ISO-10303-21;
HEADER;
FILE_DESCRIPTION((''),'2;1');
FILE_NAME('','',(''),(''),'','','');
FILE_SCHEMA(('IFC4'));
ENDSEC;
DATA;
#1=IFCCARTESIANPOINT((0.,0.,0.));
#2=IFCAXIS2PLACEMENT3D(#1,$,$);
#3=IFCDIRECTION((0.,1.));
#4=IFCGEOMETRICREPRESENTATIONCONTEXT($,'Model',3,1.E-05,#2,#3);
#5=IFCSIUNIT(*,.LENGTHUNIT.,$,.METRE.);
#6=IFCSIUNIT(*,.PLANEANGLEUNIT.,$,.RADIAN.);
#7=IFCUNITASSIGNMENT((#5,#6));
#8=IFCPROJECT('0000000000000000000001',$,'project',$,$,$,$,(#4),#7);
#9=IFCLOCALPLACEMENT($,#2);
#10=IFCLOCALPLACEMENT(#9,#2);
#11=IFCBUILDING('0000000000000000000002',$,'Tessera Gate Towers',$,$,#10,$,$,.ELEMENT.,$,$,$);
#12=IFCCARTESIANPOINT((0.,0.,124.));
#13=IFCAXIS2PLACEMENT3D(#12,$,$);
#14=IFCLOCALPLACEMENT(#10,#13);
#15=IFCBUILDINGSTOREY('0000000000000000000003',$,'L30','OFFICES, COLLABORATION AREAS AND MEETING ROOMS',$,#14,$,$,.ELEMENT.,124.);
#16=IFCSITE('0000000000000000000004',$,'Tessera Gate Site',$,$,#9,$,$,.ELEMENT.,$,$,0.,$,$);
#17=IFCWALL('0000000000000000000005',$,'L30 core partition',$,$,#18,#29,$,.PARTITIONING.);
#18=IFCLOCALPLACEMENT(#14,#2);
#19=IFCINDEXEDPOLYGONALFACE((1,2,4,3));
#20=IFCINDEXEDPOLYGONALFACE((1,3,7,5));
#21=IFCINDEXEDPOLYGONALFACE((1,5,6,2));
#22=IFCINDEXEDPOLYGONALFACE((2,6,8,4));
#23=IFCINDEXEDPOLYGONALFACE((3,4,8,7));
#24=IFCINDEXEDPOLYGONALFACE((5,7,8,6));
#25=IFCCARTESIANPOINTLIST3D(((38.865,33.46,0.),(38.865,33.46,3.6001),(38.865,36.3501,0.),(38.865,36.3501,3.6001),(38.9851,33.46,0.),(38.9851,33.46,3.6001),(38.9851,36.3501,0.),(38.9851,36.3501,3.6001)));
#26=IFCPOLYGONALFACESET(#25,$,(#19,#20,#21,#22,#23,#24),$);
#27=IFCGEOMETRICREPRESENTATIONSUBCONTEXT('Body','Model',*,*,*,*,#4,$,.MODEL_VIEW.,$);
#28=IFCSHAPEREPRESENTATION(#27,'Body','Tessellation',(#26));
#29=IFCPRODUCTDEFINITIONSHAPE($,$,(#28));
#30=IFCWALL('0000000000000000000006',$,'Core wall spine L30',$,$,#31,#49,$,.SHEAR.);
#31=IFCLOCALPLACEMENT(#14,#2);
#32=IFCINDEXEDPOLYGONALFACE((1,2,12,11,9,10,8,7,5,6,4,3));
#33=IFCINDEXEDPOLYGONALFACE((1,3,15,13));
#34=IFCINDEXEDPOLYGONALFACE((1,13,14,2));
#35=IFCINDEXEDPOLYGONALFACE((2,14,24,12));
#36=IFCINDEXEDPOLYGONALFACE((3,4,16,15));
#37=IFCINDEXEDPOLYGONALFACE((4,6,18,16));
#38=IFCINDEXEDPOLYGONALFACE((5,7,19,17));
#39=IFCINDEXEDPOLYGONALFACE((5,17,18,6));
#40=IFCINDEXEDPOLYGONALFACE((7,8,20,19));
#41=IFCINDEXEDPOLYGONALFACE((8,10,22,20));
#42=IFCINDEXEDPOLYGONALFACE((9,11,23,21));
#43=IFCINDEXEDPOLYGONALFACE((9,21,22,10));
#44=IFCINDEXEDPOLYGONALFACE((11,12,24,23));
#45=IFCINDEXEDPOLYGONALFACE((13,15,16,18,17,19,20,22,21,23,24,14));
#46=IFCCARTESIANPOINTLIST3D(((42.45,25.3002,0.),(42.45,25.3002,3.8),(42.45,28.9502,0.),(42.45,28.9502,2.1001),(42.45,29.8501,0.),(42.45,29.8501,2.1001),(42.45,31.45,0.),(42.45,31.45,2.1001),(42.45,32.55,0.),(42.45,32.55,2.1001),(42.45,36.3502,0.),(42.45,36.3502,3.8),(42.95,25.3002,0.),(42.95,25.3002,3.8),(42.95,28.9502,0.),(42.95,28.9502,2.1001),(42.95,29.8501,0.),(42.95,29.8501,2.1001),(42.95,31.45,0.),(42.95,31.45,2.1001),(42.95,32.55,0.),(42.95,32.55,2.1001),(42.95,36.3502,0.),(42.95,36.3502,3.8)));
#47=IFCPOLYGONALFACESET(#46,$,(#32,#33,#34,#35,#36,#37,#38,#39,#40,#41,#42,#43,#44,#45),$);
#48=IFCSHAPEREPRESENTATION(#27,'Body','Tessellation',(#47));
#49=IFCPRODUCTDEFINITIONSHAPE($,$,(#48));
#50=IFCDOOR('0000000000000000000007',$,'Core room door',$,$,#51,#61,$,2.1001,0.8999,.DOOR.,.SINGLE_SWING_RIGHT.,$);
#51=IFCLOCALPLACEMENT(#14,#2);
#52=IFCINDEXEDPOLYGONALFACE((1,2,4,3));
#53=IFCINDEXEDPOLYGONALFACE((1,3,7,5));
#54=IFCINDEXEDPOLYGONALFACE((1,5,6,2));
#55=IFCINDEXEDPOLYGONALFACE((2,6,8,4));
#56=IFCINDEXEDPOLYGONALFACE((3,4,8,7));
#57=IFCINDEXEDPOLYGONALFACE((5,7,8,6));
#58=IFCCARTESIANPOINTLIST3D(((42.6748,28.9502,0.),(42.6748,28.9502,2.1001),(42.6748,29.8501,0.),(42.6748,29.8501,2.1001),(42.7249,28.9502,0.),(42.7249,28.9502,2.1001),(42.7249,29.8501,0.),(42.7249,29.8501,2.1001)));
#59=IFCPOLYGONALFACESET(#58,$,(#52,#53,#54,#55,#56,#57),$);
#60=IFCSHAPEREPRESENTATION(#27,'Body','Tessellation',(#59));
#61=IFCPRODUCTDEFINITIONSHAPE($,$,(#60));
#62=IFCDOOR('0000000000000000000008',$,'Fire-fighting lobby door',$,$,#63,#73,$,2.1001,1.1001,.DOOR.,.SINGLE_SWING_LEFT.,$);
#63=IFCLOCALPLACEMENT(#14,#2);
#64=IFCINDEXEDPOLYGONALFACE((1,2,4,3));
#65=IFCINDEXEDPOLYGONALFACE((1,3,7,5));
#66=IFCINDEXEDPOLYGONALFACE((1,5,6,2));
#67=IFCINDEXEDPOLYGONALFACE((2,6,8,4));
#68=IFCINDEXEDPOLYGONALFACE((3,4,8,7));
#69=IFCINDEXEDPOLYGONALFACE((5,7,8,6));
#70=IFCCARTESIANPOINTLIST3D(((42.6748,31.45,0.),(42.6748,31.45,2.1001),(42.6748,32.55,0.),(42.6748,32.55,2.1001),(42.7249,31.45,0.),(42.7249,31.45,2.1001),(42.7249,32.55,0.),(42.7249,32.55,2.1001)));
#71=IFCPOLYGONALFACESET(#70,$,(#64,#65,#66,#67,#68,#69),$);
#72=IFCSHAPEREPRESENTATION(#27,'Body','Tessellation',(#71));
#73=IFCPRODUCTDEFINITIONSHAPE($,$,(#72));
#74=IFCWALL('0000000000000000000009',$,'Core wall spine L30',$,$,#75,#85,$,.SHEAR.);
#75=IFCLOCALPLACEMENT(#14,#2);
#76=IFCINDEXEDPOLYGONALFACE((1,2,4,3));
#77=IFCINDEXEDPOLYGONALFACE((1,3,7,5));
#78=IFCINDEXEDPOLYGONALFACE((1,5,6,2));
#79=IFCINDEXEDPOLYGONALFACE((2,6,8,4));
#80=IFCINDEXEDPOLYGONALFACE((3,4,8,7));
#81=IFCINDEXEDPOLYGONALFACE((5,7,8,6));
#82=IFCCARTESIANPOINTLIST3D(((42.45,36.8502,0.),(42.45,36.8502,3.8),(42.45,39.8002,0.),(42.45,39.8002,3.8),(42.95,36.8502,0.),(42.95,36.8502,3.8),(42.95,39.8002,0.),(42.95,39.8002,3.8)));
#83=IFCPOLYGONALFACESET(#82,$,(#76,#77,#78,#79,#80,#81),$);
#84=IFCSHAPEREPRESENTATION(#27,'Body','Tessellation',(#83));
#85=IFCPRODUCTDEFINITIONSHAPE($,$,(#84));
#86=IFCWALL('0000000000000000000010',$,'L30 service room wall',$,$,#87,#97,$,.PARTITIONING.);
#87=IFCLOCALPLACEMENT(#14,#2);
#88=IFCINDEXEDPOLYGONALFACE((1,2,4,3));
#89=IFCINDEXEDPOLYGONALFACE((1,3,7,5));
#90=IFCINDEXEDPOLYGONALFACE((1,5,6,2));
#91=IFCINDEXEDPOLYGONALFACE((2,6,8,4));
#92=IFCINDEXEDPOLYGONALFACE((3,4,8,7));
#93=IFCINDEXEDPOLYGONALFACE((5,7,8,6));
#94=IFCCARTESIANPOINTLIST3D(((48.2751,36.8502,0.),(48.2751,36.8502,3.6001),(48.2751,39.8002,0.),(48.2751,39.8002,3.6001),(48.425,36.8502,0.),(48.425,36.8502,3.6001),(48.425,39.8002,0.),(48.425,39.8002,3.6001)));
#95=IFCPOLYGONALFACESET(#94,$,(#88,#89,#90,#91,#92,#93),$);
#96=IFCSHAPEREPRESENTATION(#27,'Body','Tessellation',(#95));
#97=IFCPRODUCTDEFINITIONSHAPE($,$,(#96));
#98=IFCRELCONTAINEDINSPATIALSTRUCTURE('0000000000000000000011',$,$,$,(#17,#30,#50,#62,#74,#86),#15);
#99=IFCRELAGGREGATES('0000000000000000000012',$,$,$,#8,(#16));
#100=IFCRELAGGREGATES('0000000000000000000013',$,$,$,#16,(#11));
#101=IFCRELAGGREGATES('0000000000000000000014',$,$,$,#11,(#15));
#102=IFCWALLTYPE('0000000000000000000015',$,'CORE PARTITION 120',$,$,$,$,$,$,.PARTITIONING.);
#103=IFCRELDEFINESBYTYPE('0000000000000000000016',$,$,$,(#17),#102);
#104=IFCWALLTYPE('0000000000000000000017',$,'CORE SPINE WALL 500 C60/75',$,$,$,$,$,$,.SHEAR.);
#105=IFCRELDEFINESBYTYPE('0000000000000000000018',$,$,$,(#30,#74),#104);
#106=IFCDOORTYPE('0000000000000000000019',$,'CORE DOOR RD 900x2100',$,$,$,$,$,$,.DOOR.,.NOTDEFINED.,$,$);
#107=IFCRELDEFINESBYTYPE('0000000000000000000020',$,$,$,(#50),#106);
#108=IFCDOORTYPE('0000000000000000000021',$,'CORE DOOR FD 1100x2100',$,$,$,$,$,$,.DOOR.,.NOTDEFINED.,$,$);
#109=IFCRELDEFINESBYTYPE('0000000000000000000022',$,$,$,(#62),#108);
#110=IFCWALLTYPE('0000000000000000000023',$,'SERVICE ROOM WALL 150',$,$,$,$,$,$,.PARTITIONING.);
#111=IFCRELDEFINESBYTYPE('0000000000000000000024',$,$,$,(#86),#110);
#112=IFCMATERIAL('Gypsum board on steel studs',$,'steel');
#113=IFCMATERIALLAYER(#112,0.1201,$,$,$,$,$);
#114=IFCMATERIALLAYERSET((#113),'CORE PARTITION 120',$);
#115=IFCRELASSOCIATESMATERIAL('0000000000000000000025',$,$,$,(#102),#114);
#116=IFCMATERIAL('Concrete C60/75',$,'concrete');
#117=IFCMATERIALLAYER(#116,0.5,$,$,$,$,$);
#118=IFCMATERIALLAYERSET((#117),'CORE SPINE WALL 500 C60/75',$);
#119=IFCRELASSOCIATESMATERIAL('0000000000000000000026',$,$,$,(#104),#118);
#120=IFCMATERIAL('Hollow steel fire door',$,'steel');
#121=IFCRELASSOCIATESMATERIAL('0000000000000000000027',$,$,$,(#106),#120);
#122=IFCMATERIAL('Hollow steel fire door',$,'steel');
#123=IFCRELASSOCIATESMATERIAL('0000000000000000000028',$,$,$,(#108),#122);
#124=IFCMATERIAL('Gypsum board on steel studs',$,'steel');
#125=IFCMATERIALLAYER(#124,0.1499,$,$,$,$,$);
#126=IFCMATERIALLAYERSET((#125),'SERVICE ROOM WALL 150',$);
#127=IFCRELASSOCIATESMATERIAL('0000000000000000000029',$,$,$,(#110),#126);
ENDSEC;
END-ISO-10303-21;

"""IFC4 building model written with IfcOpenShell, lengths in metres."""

from ifc_helpers import new_model, si_unit, direction, frame, frame_2d, origin, place, context, subcontext, project, spatial, rectangle, extrude, source, transform, mapped, material, layer, layer_set, type_object, element, fill, save


model = new_model("IFC4")

# Units and contexts
model_context = context("Model", 3, precision=1e-05, world=origin(), true_north=direction((0.0, 1.0)))
body_context = subcontext(model_context, "Body", "Model", "MODEL_VIEW")
ifc_project = project(units=[si_unit("LENGTHUNIT", "METRE"), si_unit("PLANEANGLEUNIT", "RADIAN")], contexts=[model_context])

# Site, building, storey
site_placement = place(None, origin())
site = spatial("IfcSite", under=ifc_project, at=site_placement, Name="Tessera Gate Site", CompositionType="ELEMENT", RefElevation=0.0)
building_placement = place(site_placement, origin())
building = spatial("IfcBuilding", under=site, at=building_placement, Name="Tessera Gate Towers", CompositionType="ELEMENT")
storey_placement = place(building_placement, frame((0.0, 0.0, 124.0)))
storey = spatial("IfcBuildingStorey", under=building, at=storey_placement, Name="L30", Description="OFFICES, COLLABORATION AREAS AND MEETING ROOMS", CompositionType="ELEMENT", Elevation=124.0)

# Wall
ifc_material_1 = material(Name="Gypsum board on steel studs", Category="steel")
ifc_layer_1 = layer(ifc_material_1, 0.1201)
ifc_layer_set_1 = layer_set([ifc_layer_1], Name="CORE PARTITION 120")
wall_type_1 = type_object("IfcWallType", Name="CORE PARTITION 120", PredefinedType="PARTITIONING", material=ifc_layer_set_1)
for number, where, z_axis, x_axis, name in (
    (1, (38.925, 33.46, 0.0), (0.0, 0.0, 1.0), (0.0, 1.0, 0.0), "L30 core partition"),
):
    element("IfcWall", number, at=place(storey_placement, frame(where, z_axis=z_axis, x_axis=x_axis)), inside=storey, type_object=wall_type_1, Name=name, PredefinedType="PARTITIONING", context=body_context, shape_type="SweptSolid", body=[
        extrude(rectangle(XDim=2.8901, YDim=0.1201, at=frame_2d((1.4451, 0.0))), origin(), (0.0, 0.0, 1.0), 3.6001),
    ])

# Wall, openings, doors
ifc_material_2 = material(Name="Concrete C60/75", Category="concrete")
ifc_layer_2 = layer(ifc_material_2, 0.5)
ifc_layer_set_2 = layer_set([ifc_layer_2], Name="CORE SPINE WALL 500 C60/75")
wall_type_2 = type_object("IfcWallType", Name="CORE SPINE WALL 500 C60/75", PredefinedType="SHEAR", material=ifc_layer_set_2)
wall_1_placement = place(storey_placement, frame((42.7, 36.3501, 0.0), z_axis=(0.0, 0.0, 1.0), x_axis=(0.0, -1.0, 0.0)))
wall_1 = element("IfcWall", 2, at=wall_1_placement, inside=storey, type_object=wall_type_2, Name="Core wall spine L30", PredefinedType="SHEAR", context=body_context, shape_type="SweptSolid", body=[
    extrude(rectangle(XDim=11.05, YDim=0.5, at=frame_2d((5.5249, 0.0))), origin(), (0.0, 0.0, 1.0), 3.8),
])
shared_shape_1 = source(origin(), body_context, "Body", "SweptSolid", [
    extrude(rectangle(XDim=0.8999, YDim=2.1001, at=frame_2d((0.45, 1.05))), frame((0.0, 0.26, 0.0), z_axis=(0.0, -1.0, 0.0), x_axis=(1.0, 0.0, 0.0)), (0.0, 0.0, 1.0), 0.52),
])
opening_1_placement = place(wall_1_placement, frame((6.5, 0.0, 0.0)))
opening_1 = element("IfcOpeningElement", 3, at=opening_1_placement, cuts=wall_1, PredefinedType="OPENING", context=body_context, shape_type="MappedRepresentation", body=[
    mapped(shared_shape_1, transform((0.0, 0.0, 0.0), scale=1.0)),
])
shared_shape_2 = source(origin(), body_context, "Body", "SweptSolid", [
    extrude(rectangle(XDim=1.1001, YDim=2.1001, at=frame_2d((0.55, 1.05))), frame((0.0, 0.26, 0.0), z_axis=(0.0, -1.0, 0.0), x_axis=(1.0, 0.0, 0.0)), (0.0, 0.0, 1.0), 0.52),
])
opening_2_placement = place(wall_1_placement, frame((3.8, 0.0, 0.0)))
opening_2 = element("IfcOpeningElement", 4, at=opening_2_placement, cuts=wall_1, PredefinedType="OPENING", context=body_context, shape_type="MappedRepresentation", body=[
    mapped(shared_shape_2, transform((0.0, 0.0, 0.0), scale=1.0)),
])
ifc_material_3 = material(Name="Hollow steel fire door", Category="steel")
door_type_1 = type_object("IfcDoorType", Name="CORE DOOR RD 900x2100", OperationType="NOTDEFINED", PredefinedType="DOOR", material=ifc_material_3)
shared_shape_3 = source(origin(), body_context, "Body", "SweptSolid", [
    extrude(rectangle(XDim=0.8999, YDim=2.1001, at=frame_2d((0.45, 1.05))), frame((0.0, 0.0249, 0.0), z_axis=(0.0, -1.0, 0.0), x_axis=(1.0, 0.0, 0.0)), (0.0, 0.0, 1.0), 0.05),
])
door_1_placement = place(opening_1_placement, origin())
door_1 = element("IfcDoor", 5, at=door_1_placement, inside=storey, type_object=door_type_1, Name="Core room door", OperationType="SINGLE_SWING_RIGHT", OverallHeight=2.1001, OverallWidth=0.8999, PredefinedType="DOOR", context=body_context, shape_type="MappedRepresentation", body=[
    mapped(shared_shape_3, transform((0.0, 0.0, 0.0), scale=1.0)),
])
fill(opening_1, door_1)
ifc_material_4 = material(Name="Hollow steel fire door", Category="steel")
door_type_2 = type_object("IfcDoorType", Name="CORE DOOR FD 1100x2100", OperationType="NOTDEFINED", PredefinedType="DOOR", material=ifc_material_4)
shared_shape_4 = source(origin(), body_context, "Body", "SweptSolid", [
    extrude(rectangle(XDim=1.1001, YDim=2.1001, at=frame_2d((0.55, 1.05))), frame((0.0, 0.0249, 0.0), z_axis=(0.0, -1.0, 0.0), x_axis=(1.0, 0.0, 0.0)), (0.0, 0.0, 1.0), 0.05),
])
door_2_placement = place(opening_2_placement, origin())
door_2 = element("IfcDoor", 6, at=door_2_placement, inside=storey, type_object=door_type_2, Name="Fire-fighting lobby door", OperationType="SINGLE_SWING_LEFT", OverallHeight=2.1001, OverallWidth=1.1001, PredefinedType="DOOR", context=body_context, shape_type="MappedRepresentation", body=[
    mapped(shared_shape_4, transform((0.0, 0.0, 0.0), scale=1.0)),
])
fill(opening_2, door_2)

# Walls
wall_2_placement = place(storey_placement, frame((42.7, 36.8501, 0.0), z_axis=(0.0, 0.0, 1.0), x_axis=(0.0, 1.0, 0.0)))
element("IfcWall", 7, at=wall_2_placement, inside=storey, type_object=wall_type_2, Name="Core wall spine L30", PredefinedType="SHEAR", context=body_context, shape_type="SweptSolid", body=[
    extrude(rectangle(XDim=2.95, YDim=0.5, at=frame_2d((1.4751, 0.0))), origin(), (0.0, 0.0, 1.0), 3.8),
])
ifc_material_5 = material(Name="Gypsum board on steel studs", Category="steel")
ifc_layer_3 = layer(ifc_material_5, 0.1499)
ifc_layer_set_3 = layer_set([ifc_layer_3], Name="SERVICE ROOM WALL 150")
wall_type_3 = type_object("IfcWallType", Name="SERVICE ROOM WALL 150", PredefinedType="PARTITIONING", material=ifc_layer_set_3)
wall_3_placement = place(storey_placement, frame((48.3501, 36.8501, 0.0), z_axis=(0.0, 0.0, 1.0), x_axis=(0.0, 1.0, 0.0)))
element("IfcWall", 8, at=wall_3_placement, inside=storey, type_object=wall_type_3, Name="L30 service room wall", PredefinedType="PARTITIONING", context=body_context, shape_type="SweptSolid", body=[
    extrude(rectangle(XDim=2.95, YDim=0.1499, at=frame_2d((1.4751, 0.0))), origin(), (0.0, 0.0, 1.0), 3.6001),
])

save(model, "model.ifc")
